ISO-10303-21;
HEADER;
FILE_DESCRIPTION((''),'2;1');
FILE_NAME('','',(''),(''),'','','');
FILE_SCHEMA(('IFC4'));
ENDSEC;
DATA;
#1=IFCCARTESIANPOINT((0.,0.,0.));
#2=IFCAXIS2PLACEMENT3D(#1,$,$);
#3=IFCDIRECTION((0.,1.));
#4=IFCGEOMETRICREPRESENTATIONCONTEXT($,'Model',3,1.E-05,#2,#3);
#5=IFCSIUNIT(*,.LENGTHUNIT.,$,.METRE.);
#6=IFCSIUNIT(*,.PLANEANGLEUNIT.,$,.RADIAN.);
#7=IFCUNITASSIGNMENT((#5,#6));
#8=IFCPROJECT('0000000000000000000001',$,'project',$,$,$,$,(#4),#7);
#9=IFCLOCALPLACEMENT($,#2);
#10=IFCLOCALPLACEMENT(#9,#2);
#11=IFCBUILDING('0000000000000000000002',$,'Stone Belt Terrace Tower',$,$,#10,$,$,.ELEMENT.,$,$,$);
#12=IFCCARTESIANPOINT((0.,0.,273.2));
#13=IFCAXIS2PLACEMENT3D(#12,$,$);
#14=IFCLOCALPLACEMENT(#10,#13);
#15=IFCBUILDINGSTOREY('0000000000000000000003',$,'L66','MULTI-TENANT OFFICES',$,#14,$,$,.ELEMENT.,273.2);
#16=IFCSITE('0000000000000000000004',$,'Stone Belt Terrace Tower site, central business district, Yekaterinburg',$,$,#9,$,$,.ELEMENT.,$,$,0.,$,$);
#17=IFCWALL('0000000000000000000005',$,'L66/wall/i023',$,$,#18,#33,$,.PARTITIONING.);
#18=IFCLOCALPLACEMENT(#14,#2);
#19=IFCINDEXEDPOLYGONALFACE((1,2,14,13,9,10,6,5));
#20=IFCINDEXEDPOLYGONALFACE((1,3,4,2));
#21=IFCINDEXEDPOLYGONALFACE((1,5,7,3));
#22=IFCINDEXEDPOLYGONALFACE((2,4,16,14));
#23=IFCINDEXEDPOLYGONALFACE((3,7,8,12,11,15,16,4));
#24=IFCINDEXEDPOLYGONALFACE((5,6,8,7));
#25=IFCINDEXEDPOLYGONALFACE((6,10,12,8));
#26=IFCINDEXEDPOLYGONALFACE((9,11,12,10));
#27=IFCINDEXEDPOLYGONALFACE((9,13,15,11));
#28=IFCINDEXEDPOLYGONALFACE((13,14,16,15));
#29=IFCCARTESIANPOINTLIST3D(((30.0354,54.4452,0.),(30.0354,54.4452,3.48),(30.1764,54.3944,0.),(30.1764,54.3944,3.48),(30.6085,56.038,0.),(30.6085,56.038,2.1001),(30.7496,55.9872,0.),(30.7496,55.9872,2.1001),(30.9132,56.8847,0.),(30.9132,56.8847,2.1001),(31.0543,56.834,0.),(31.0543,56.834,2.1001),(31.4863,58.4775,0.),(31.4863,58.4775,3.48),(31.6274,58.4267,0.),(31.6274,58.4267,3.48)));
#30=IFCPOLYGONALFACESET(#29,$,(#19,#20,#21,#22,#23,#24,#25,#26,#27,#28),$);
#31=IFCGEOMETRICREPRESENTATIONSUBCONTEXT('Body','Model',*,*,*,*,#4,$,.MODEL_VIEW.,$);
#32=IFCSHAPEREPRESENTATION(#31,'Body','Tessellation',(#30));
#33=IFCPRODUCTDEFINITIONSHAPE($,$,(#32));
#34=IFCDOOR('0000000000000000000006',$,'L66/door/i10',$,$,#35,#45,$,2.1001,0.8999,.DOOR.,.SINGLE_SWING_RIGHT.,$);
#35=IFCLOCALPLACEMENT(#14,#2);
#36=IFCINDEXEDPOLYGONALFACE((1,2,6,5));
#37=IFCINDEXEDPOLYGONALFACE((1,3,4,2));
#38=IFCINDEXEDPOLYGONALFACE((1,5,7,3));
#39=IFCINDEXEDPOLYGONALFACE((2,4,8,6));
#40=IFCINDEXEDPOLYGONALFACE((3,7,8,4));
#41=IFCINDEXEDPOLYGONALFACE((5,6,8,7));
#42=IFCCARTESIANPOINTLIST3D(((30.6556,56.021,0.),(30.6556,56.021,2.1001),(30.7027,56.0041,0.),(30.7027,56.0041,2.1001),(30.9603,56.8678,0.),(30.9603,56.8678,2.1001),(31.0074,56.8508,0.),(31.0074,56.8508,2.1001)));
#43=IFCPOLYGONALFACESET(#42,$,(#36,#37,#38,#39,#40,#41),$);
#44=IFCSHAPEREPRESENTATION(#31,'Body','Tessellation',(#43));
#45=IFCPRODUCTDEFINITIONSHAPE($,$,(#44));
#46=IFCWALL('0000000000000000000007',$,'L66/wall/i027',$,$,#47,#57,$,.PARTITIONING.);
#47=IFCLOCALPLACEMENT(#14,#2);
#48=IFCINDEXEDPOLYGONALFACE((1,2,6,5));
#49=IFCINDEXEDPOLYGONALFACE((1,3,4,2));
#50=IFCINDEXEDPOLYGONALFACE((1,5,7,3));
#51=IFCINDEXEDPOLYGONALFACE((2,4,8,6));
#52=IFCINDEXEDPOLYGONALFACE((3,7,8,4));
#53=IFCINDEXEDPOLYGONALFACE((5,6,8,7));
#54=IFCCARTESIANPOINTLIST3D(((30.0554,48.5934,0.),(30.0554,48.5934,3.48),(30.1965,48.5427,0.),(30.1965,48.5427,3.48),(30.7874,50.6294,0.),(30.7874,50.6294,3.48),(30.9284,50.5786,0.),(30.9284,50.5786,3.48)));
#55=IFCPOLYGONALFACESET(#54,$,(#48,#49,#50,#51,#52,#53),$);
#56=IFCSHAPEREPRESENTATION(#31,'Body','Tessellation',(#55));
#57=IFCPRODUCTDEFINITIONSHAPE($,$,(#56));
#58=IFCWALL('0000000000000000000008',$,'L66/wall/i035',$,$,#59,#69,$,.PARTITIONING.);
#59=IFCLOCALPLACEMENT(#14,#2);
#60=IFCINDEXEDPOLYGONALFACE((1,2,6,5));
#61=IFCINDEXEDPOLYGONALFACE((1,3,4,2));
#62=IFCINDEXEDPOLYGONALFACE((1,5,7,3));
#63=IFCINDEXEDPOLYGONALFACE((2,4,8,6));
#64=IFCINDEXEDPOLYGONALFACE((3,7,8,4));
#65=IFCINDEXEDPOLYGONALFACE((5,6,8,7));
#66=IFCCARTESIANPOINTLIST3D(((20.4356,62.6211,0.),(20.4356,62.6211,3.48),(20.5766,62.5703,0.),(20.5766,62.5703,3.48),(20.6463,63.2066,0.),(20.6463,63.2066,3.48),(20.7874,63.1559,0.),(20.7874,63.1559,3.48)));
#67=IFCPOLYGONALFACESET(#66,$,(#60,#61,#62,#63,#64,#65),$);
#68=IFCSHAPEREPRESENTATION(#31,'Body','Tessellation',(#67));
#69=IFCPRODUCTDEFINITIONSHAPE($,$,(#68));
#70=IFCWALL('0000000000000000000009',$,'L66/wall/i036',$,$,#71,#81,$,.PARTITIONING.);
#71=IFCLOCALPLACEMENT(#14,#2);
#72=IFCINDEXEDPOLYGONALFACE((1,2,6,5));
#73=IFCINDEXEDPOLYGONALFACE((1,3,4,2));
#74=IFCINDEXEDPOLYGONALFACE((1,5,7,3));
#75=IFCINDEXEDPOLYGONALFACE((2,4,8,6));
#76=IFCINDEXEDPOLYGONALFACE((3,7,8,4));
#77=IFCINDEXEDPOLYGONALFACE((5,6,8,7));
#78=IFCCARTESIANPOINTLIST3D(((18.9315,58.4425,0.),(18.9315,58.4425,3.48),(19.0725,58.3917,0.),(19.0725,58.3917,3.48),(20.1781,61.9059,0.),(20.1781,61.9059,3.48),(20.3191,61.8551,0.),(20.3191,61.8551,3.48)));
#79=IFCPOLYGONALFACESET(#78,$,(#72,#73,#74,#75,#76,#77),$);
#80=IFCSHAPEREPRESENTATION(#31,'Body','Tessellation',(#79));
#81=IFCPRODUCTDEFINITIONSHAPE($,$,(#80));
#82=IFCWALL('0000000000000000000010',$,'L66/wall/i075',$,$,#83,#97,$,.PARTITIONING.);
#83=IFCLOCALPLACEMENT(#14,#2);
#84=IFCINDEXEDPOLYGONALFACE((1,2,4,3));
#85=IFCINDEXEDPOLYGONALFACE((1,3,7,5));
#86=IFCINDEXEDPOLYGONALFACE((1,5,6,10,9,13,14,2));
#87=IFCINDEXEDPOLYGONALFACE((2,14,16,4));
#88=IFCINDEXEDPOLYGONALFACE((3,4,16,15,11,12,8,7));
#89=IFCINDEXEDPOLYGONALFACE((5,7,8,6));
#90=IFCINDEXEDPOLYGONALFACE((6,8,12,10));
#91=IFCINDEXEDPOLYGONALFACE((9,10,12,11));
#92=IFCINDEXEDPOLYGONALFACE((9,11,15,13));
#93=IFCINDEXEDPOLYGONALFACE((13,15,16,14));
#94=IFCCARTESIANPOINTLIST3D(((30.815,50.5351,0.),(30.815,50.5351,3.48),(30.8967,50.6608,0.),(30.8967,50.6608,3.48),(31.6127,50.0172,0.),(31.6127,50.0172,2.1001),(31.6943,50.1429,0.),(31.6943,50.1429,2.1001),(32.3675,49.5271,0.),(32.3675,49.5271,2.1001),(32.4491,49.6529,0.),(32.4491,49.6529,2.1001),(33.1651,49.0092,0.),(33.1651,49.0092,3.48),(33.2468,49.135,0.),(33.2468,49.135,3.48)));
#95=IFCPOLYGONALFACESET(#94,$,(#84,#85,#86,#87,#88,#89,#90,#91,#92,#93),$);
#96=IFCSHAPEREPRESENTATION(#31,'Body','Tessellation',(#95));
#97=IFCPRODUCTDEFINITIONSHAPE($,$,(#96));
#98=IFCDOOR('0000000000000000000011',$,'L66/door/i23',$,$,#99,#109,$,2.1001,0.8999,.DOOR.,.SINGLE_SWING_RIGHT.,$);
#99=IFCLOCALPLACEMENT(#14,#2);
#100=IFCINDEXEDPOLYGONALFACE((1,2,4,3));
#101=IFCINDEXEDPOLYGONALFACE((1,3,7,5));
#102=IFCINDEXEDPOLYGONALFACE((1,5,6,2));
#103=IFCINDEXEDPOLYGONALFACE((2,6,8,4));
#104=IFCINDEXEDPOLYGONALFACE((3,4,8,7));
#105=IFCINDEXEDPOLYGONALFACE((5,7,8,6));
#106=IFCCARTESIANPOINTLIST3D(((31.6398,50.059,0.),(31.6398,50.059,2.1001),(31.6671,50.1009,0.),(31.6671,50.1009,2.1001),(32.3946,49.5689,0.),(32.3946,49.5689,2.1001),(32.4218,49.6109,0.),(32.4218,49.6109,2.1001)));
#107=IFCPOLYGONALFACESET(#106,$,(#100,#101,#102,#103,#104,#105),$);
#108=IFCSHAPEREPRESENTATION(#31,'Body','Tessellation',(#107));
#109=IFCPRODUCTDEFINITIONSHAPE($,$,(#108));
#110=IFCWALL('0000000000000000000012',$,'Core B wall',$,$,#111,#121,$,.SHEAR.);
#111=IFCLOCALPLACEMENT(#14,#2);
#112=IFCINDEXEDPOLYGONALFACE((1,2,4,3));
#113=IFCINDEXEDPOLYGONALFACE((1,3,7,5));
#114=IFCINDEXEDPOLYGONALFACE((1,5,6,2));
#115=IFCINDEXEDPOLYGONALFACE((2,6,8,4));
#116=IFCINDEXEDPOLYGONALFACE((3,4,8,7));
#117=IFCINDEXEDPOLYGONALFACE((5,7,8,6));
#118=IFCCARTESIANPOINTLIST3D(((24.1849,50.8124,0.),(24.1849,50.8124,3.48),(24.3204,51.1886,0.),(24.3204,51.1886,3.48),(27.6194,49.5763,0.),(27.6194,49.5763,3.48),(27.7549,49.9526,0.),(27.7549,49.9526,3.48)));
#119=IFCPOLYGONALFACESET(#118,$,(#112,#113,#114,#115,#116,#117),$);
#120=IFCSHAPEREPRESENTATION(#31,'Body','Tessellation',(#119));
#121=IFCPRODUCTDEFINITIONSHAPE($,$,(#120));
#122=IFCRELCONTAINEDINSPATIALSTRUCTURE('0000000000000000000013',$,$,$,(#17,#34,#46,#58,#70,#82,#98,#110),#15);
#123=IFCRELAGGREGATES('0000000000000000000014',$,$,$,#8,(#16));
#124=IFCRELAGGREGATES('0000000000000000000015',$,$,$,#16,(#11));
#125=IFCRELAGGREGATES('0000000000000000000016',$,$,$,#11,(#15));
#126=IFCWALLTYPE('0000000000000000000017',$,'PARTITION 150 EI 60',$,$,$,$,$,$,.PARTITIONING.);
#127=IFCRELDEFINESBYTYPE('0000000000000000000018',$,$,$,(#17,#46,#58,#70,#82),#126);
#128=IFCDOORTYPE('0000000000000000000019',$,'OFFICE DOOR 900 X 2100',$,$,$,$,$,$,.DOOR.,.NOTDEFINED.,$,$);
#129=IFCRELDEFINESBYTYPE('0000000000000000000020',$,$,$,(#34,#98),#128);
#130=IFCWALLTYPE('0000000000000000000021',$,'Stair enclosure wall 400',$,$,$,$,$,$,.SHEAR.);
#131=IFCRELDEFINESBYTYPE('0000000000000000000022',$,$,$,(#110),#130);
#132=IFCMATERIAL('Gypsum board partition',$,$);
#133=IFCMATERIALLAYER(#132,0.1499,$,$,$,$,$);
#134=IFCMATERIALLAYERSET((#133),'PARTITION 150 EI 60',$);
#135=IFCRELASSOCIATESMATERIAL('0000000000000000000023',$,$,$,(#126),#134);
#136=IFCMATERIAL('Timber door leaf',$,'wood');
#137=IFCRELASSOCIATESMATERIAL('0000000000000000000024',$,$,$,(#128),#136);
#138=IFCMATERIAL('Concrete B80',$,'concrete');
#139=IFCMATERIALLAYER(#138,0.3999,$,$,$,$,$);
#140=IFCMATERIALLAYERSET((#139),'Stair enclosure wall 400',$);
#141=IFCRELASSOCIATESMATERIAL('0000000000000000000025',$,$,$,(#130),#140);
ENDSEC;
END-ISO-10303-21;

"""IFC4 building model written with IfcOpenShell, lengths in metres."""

from ifc_helpers import new_model, si_unit, direction, frame, frame_2d, origin, place, context, subcontext, project, spatial, rectangle, extrude, material, layer, layer_set, type_object, element, fill, save


model = new_model("IFC4")

# Units and contexts
model_context = context("Model", 3, precision=1e-05, world=origin(), true_north=direction((0.0, 1.0)))
body_context = subcontext(model_context, "Body", "Model", "MODEL_VIEW")
ifc_project = project(units=[si_unit("LENGTHUNIT", "METRE"), si_unit("PLANEANGLEUNIT", "RADIAN")], contexts=[model_context])

# Site, building, storey
site_placement = place(None, origin())
site = spatial("IfcSite", under=ifc_project, at=site_placement, Name="Stone Belt Terrace Tower site, central business district, Yekaterinburg", CompositionType="ELEMENT", RefElevation=0.0)
building_placement = place(site_placement, origin())
building = spatial("IfcBuilding", under=site, at=building_placement, Name="Stone Belt Terrace Tower", CompositionType="ELEMENT")
storey_placement = place(building_placement, frame((0.0, 0.0, 273.2)))
storey = spatial("IfcBuildingStorey", under=building, at=storey_placement, Name="L66", Description="MULTI-TENANT OFFICES", CompositionType="ELEMENT", Elevation=273.2)

# Shared definitions
ifc_material_1 = material(Name="Timber door leaf", Category="wood")

# Shared definitions
ifc_material_2 = material(Name="Concrete B80", Category="concrete")

# Wall, opening, door
ifc_material_3 = material(Name="Gypsum board partition")
ifc_layer_1 = layer(ifc_material_3, 0.1499)
ifc_layer_set_1 = layer_set([ifc_layer_1], Name="PARTITION 150 EI 60")
wall_type_1 = type_object("IfcWallType", Name="PARTITION 150 EI 60", PredefinedType="PARTITIONING", material=ifc_layer_set_1)
wall_1_placement = place(storey_placement, frame((30.106, 54.4199, 0.0), z_axis=(0.0, 0.0, 1.0), x_axis=(0.33858, 0.940938, 0.0)))
wall_1 = element("IfcWall", 1, at=wall_1_placement, inside=storey, type_object=wall_type_1, Name="L66/wall/i023", PredefinedType="PARTITIONING", context=body_context, shape_type="SweptSolid", body=[
    extrude(rectangle(XDim=4.2854, YDim=0.1499, at=frame_2d((2.1426, 0.0))), origin(), (0.0, 0.0, 1.0), 3.48),
])
opening_1_placement = place(wall_1_placement, frame((1.6926, 0.0, 0.0)))
opening_1 = element("IfcOpeningElement", 2, at=opening_1_placement, cuts=wall_1, PredefinedType="OPENING", context=body_context, shape_type="SweptSolid", body=[
    extrude(rectangle(XDim=0.8999, YDim=2.1001, at=frame_2d((0.45, 1.05))), frame((0.0, 0.085, 0.0), z_axis=(0.0, -1.0, 0.0), x_axis=(1.0, 0.0, 0.0)), (0.0, 0.0, 1.0), 0.1699),
])
door_type_1 = type_object("IfcDoorType", Name="OFFICE DOOR 900 X 2100", OperationType="NOTDEFINED", PredefinedType="DOOR", material=ifc_material_1)
door_1_placement = place(opening_1_placement, origin())
door_1 = element("IfcDoor", 3, at=door_1_placement, inside=storey, type_object=door_type_1, Name="L66/door/i10", OperationType="SINGLE_SWING_RIGHT", OverallHeight=2.1001, OverallWidth=0.8999, PredefinedType="DOOR", context=body_context, shape_type="SweptSolid", body=[
    extrude(rectangle(XDim=0.8999, YDim=2.1001, at=frame_2d((0.45, 1.05))), frame((0.0, 0.0249, 0.0), z_axis=(0.0, -1.0, 0.0), x_axis=(1.0, 0.0, 0.0)), (0.0, 0.0, 1.0), 0.05),
])
fill(opening_1, door_1)

# Walls
wall_2_placement = place(storey_placement, frame((30.8579, 50.604, 0.0), z_axis=(0.0, 0.0, 1.0), x_axis=(-0.338316, -0.941033, 0.0)))
element("IfcWall", 4, at=wall_2_placement, inside=storey, type_object=wall_type_1, Name="L66/wall/i027", PredefinedType="PARTITIONING", context=body_context, shape_type="SweptSolid", body=[
    extrude(rectangle(XDim=2.1636, YDim=0.1499, at=frame_2d((1.0818, 0.0))), origin(), (0.0, 0.0, 1.0), 3.48),
])
wall_3_placement = place(storey_placement, frame((20.7168, 63.1812, 0.0), z_axis=(0.0, 0.0, 1.0), x_axis=(-0.338622, -0.940922, 0.0)))
element("IfcWall", 5, at=wall_3_placement, inside=storey, type_object=wall_type_1, Name="L66/wall/i035", PredefinedType="PARTITIONING", context=body_context, shape_type="SweptSolid", body=[
    extrude(rectangle(XDim=0.6223, YDim=0.1499, at=frame_2d((0.311, 0.0))), origin(), (0.0, 0.0, 1.0), 3.48),
])
wall_4_placement = place(storey_placement, frame((20.2485, 61.8804, 0.0), z_axis=(0.0, 0.0, 1.0), x_axis=(-0.338663, -0.940908, 0.0)))
element("IfcWall", 6, at=wall_4_placement, inside=storey, type_object=wall_type_1, Name="L66/wall/i036", PredefinedType="PARTITIONING", context=body_context, shape_type="SweptSolid", body=[
    extrude(rectangle(XDim=3.6809, YDim=0.1499, at=frame_2d((1.8403, 0.0))), origin(), (0.0, 0.0, 1.0), 3.48),
])

# Wall, opening, door
wall_5_placement = place(storey_placement, frame((30.856, 50.5979, 0.0), z_axis=(0.0, 0.0, 1.0), x_axis=(0.838718, -0.544566, 0.0)))
wall_5 = element("IfcWall", 7, at=wall_5_placement, inside=storey, type_object=wall_type_1, Name="L66/wall/i075", PredefinedType="PARTITIONING", context=body_context, shape_type="SweptSolid", body=[
    extrude(rectangle(XDim=2.802, YDim=0.1499, at=frame_2d((1.4009, 0.0))), origin(), (0.0, 0.0, 1.0), 3.48),
])
opening_2_placement = place(wall_5_placement, frame((0.9509, 0.0, 0.0)))
opening_2 = element("IfcOpeningElement", 8, at=opening_2_placement, cuts=wall_5, PredefinedType="OPENING", context=body_context, shape_type="SweptSolid", body=[
    extrude(rectangle(XDim=0.8999, YDim=2.1001, at=frame_2d((0.45, 1.05))), frame((0.0, 0.085, 0.0), z_axis=(0.0, -1.0, 0.0), x_axis=(1.0, 0.0, 0.0)), (0.0, 0.0, 1.0), 0.1699),
])
door_2_placement = place(opening_2_placement, origin())
door_2 = element("IfcDoor", 9, at=door_2_placement, inside=storey, type_object=door_type_1, Name="L66/door/i23", OperationType="SINGLE_SWING_RIGHT", OverallHeight=2.1001, OverallWidth=0.8999, PredefinedType="DOOR", context=body_context, shape_type="SweptSolid", body=[
    extrude(rectangle(XDim=0.8999, YDim=2.1001, at=frame_2d((0.45, 1.05))), frame((0.0, 0.0249, 0.0), z_axis=(0.0, -1.0, 0.0), x_axis=(1.0, 0.0, 0.0)), (0.0, 0.0, 1.0), 0.05),
])
fill(opening_2, door_2)

# Wall
ifc_layer_2 = layer(ifc_material_2, 0.3999)
ifc_layer_set_2 = layer_set([ifc_layer_2], Name="Stair enclosure wall 400")
wall_type_2 = type_object("IfcWallType", Name="Stair enclosure wall 400", PredefinedType="SHEAR", material=ifc_layer_set_2)
wall_6_placement = place(storey_placement, frame((27.6873, 49.7644, 0.0), z_axis=(0.0, 0.0, 1.0), x_axis=(-0.940919, 0.338632, 0.0)))
element("IfcWall", 10, at=wall_6_placement, inside=storey, type_object=wall_type_2, Name="Core B wall", PredefinedType="SHEAR", context=body_context, shape_type="SweptSolid", body=[
    extrude(rectangle(XDim=3.6501, YDim=0.3999, at=frame_2d((1.8252, 0.0))), origin(), (0.0, 0.0, 1.0), 3.48),
])

save(model, "model.ifc")
